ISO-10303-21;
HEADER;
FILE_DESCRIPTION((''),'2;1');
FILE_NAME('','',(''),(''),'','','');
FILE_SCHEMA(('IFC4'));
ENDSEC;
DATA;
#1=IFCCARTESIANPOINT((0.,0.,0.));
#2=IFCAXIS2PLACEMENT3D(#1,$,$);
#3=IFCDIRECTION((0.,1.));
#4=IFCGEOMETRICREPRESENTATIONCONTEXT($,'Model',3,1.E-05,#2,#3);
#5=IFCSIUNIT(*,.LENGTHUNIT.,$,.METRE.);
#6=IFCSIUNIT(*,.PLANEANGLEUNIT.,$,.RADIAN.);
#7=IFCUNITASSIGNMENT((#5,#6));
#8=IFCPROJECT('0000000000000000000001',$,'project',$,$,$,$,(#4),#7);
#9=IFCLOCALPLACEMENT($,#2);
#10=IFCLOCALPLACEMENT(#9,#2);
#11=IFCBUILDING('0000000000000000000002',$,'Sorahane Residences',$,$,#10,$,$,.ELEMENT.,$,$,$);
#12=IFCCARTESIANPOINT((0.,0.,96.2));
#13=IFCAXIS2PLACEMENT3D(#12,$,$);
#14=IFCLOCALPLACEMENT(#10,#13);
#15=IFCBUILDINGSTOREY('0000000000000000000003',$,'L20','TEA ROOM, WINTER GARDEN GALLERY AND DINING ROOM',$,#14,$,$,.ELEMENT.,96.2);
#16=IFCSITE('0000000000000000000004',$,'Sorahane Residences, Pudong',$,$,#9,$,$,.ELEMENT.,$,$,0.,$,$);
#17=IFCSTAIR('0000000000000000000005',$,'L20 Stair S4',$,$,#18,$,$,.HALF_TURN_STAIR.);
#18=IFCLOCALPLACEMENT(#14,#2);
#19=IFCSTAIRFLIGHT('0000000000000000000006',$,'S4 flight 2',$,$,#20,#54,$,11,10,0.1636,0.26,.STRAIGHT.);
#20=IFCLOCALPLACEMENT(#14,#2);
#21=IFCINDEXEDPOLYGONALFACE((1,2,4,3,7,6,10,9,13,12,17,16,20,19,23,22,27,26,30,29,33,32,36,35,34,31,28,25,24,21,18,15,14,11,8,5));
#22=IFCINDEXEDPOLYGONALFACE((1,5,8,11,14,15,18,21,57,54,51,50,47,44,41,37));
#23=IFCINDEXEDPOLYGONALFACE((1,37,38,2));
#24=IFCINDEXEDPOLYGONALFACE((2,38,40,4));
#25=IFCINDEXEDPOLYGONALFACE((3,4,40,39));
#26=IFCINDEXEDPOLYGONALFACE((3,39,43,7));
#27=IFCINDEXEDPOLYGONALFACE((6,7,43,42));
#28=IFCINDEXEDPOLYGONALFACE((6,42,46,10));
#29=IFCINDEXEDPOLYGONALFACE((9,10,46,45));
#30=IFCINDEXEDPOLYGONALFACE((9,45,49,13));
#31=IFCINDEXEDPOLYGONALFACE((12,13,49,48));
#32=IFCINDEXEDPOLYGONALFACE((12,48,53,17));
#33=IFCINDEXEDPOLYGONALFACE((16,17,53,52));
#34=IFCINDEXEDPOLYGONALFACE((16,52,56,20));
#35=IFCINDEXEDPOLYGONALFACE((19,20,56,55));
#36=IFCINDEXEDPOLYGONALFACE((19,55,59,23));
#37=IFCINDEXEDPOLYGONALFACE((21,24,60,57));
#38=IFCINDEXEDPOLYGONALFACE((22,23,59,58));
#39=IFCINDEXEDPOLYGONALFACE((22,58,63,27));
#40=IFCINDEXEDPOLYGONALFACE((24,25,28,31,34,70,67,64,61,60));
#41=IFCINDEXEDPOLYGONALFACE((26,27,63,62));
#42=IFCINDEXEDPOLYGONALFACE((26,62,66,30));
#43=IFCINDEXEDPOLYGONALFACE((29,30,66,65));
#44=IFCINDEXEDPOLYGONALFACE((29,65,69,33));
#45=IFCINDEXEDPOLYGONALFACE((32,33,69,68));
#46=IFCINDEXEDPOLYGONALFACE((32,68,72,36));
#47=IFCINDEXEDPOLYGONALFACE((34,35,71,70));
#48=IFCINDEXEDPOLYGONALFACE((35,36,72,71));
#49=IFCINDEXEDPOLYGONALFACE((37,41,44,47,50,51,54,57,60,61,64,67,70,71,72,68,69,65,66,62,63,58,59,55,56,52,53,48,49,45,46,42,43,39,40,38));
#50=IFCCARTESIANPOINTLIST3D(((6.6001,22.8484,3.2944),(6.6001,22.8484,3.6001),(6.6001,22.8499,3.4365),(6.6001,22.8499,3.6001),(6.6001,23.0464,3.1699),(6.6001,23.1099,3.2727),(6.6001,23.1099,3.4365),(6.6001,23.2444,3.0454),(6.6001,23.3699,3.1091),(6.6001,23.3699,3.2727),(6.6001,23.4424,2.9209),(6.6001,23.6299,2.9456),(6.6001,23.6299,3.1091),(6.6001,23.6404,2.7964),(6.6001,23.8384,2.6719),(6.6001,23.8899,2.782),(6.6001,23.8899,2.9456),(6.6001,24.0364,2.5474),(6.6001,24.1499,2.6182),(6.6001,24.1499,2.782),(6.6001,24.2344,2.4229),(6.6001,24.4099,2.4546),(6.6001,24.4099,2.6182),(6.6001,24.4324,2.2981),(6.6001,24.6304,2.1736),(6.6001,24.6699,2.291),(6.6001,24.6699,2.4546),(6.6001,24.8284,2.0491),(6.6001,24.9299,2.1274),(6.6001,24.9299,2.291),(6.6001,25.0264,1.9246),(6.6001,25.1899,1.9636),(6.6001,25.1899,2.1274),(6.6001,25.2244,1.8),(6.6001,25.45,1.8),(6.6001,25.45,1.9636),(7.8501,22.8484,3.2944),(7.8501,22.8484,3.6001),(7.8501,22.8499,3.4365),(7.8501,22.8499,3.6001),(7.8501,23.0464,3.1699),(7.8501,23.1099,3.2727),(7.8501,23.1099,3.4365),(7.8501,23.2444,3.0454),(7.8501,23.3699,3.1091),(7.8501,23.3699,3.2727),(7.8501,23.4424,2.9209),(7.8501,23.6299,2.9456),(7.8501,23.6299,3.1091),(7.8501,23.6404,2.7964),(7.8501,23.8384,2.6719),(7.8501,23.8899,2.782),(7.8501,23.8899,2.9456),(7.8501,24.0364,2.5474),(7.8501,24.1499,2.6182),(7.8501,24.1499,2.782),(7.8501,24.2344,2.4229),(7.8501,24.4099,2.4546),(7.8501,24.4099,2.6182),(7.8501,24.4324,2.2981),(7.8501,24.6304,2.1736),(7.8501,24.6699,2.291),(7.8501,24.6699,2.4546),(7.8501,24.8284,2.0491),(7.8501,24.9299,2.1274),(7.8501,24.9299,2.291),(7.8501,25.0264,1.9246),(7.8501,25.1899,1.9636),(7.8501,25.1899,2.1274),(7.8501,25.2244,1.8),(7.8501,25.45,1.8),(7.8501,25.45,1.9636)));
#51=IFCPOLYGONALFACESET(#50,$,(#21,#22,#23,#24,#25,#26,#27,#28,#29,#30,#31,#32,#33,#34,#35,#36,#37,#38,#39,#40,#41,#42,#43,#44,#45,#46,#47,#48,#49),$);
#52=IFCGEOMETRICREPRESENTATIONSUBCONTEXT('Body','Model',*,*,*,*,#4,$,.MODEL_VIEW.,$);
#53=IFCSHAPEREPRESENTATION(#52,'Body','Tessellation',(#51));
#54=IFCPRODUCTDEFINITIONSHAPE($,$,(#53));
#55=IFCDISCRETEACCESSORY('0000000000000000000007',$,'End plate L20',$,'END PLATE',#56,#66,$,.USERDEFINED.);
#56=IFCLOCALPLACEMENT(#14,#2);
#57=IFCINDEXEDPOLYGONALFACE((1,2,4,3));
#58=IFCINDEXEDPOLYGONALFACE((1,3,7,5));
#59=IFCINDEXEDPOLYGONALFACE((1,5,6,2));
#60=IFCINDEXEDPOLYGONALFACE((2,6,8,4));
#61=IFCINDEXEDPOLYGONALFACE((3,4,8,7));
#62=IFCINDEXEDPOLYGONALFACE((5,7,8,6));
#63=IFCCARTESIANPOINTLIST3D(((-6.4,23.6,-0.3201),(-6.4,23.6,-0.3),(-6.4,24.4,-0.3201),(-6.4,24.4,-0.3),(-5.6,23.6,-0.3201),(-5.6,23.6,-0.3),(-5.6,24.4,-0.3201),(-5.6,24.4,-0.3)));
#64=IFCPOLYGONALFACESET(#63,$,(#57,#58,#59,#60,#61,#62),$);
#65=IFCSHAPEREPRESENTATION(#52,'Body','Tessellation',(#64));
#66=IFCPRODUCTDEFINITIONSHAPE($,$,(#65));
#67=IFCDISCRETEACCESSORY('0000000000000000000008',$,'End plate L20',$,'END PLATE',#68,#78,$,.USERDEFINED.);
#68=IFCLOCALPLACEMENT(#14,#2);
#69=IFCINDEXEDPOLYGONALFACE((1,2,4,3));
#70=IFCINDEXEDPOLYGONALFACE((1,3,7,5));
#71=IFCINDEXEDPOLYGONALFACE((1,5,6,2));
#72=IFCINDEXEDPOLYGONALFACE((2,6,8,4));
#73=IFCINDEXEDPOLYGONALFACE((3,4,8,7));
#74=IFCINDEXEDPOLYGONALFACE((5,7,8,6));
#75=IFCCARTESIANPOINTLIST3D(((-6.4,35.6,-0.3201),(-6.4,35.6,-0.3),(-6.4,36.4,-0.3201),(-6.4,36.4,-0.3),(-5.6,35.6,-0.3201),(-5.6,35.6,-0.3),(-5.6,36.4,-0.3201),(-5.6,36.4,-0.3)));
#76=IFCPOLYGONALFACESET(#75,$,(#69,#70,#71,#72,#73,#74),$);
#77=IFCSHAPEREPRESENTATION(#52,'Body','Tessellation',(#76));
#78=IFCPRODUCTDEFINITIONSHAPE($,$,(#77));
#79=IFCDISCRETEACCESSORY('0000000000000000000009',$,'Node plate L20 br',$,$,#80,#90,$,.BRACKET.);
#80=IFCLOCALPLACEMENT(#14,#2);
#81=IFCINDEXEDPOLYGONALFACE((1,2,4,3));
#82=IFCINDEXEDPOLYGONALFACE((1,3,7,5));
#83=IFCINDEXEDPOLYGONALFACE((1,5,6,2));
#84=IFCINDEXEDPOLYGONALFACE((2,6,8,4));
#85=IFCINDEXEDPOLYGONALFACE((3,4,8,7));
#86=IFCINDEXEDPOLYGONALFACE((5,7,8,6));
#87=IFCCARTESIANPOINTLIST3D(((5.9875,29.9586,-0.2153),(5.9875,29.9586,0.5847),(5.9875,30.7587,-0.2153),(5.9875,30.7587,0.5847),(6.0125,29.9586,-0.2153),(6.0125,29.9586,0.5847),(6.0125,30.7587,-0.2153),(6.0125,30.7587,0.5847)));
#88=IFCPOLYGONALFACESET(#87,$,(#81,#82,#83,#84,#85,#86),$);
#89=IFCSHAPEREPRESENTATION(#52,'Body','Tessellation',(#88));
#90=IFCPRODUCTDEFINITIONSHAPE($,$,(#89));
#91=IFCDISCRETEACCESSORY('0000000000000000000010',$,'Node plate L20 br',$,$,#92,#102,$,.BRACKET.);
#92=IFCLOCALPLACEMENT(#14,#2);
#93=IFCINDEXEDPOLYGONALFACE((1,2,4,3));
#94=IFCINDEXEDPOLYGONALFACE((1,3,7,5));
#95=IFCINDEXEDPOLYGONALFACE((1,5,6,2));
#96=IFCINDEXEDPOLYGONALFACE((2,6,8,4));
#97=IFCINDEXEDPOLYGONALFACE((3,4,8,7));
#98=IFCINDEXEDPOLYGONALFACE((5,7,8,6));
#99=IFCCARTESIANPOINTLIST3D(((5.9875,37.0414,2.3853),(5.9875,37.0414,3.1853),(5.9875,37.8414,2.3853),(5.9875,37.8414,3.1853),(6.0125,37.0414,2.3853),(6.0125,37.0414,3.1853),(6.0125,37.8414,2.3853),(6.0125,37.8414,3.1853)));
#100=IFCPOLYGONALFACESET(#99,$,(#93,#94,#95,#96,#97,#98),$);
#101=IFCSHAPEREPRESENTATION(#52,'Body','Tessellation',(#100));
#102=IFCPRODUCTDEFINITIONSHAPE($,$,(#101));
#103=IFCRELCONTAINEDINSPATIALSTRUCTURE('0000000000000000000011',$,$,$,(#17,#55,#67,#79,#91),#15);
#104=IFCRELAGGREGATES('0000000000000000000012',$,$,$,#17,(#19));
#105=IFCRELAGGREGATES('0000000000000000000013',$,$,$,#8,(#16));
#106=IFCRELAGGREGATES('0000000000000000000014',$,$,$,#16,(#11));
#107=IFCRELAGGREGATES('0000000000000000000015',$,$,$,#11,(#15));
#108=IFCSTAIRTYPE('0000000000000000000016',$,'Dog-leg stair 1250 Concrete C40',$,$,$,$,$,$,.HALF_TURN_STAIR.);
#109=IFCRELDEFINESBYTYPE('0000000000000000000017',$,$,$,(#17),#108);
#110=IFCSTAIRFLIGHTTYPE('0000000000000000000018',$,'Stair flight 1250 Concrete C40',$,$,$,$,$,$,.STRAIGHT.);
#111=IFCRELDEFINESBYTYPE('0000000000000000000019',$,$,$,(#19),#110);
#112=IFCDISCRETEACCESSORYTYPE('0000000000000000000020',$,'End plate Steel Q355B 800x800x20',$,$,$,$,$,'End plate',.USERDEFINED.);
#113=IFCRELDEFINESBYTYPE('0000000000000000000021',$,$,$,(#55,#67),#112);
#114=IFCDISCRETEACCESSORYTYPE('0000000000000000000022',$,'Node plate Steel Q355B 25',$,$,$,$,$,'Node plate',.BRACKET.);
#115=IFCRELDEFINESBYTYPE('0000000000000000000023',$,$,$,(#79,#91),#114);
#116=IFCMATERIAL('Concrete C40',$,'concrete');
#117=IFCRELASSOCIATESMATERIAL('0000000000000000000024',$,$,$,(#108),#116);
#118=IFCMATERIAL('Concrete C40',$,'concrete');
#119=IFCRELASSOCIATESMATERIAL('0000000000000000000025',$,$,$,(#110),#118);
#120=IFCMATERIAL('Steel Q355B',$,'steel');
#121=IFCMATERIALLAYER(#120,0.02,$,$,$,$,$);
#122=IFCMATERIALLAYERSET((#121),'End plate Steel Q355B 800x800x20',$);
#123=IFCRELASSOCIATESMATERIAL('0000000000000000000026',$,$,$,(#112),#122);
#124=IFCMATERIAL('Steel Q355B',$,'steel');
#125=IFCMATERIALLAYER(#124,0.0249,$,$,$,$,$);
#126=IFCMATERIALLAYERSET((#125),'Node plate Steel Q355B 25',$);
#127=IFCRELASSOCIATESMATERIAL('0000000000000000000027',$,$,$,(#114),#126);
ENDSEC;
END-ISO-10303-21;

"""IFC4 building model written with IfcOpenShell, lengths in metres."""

from ifc_helpers import new_model, si_unit, direction, frame, origin, origin_2d, place, context, subcontext, project, spatial, polyline, rectangle, outline, extrude, material, layer, layer_set, type_object, element, aggregate, save


model = new_model("IFC4")

# Units and contexts
model_context = context("Model", 3, precision=1e-05, world=origin(), true_north=direction((0.0, 1.0)))
body_context = subcontext(model_context, "Body", "Model", "MODEL_VIEW")
ifc_project = project(units=[si_unit("LENGTHUNIT", "METRE"), si_unit("PLANEANGLEUNIT", "RADIAN")], contexts=[model_context])

# Site, building, storey
site_placement = place(None, origin())
site = spatial("IfcSite", under=ifc_project, at=site_placement, Name="Sorahane Residences, Pudong", CompositionType="ELEMENT", RefElevation=0.0)
building_placement = place(site_placement, origin())
building = spatial("IfcBuilding", under=site, at=building_placement, Name="Sorahane Residences", CompositionType="ELEMENT")
storey_placement = place(building_placement, frame((0.0, 0.0, 96.2)))
storey = spatial("IfcBuildingStorey", under=building, at=storey_placement, Name="L20", Description="TEA ROOM, WINTER GARDEN GALLERY AND DINING ROOM", CompositionType="ELEMENT", Elevation=96.2)

# Stair, stair flight
ifc_material_1 = material(Name="Concrete C40", Category="concrete")
stair_type = type_object("IfcStairType", Name="Dog-leg stair 1250 Concrete C40", PredefinedType="HALF_TURN_STAIR", material=ifc_material_1)
stair_placement = place(storey_placement, origin())
stair = element("IfcStair", 1, at=stair_placement, inside=storey, type_object=stair_type, Name="L20 Stair S4", PredefinedType="HALF_TURN_STAIR")
ifc_material_2 = material(Name="Concrete C40", Category="concrete")
stair_flight_type = type_object("IfcStairFlightType", Name="Stair flight 1250 Concrete C40", PredefinedType="STRAIGHT", material=ifc_material_2)
stair_flight_placement = place(storey_placement, frame((7.2251, 25.45, 1.8), z_axis=(0.0, 0.0, 1.0), x_axis=(0.0, -1.0, 0.0)))
stair_flight = element("IfcStairFlight", 2, at=stair_flight_placement, type_object=stair_flight_type, Name="S4 flight 2", NumberOfRisers=11, NumberOfTreads=10, PredefinedType="STRAIGHT", RiserHeight=0.1636, TreadLength=0.26, context=body_context, shape_type="SweptSolid", body=[
    extrude(outline(polyline([(0.0, 0.0), (0.0, 0.1636), (0.26, 0.1636), (0.26, 0.3274), (0.52, 0.3274), (0.52, 0.491), (0.78, 0.491), (0.78, 0.6545), (1.04, 0.6545), (1.04, 0.8181), (1.3, 0.8181), (1.3, 0.9819), (1.5601, 0.9819), (1.5601, 1.1455), (1.8201, 1.1455), (1.8201, 1.3091), (2.0801, 1.3091), (2.0801, 1.4727), (2.3401, 1.4727), (2.3401, 1.6365), (2.6001, 1.6365), (2.6001, 1.8), (2.6016, 1.8), (2.6016, 1.4944), (2.4036, 1.3699), (2.2056, 1.2454), (2.0076, 1.1208), (1.8096, 0.9963), (1.6116, 0.8718), (1.4136, 0.7473), (1.2156, 0.6228), (1.0176, 0.498), (0.8196, 0.3735), (0.6216, 0.249), (0.4236, 0.1245), (0.2256, 0.0), (0.0, 0.0)])), frame((0.0, 0.625, 0.0), z_axis=(0.0, -1.0, 0.0), x_axis=(1.0, 0.0, 0.0)), (0.0, 0.0, 1.0), 1.25),
])
aggregate(stair, [stair_flight])

# Discrete accessories
ifc_material_3 = material(Name="Steel Q355B", Category="steel")
ifc_layer_1 = layer(ifc_material_3, 0.02)
ifc_layer_set_1 = layer_set([ifc_layer_1], Name="End plate Steel Q355B 800x800x20")
discrete_accessory_type_1 = type_object("IfcDiscreteAccessoryType", Name="End plate Steel Q355B 800x800x20", ElementType="End plate", PredefinedType="USERDEFINED", material=ifc_layer_set_1)
for number, where, z_axis, x_axis, name in (
    (3, (-6.0, 24.0, -0.3201), (0.0, 0.0, 1.0), (1.0, 0.0, 0.0), "End plate L20"),
    (4, (-6.0, 36.0, -0.3201), (0.0, 0.0, 1.0), (1.0, 0.0, 0.0), "End plate L20"),
):
    element("IfcDiscreteAccessory", number, at=place(storey_placement, frame(where, z_axis=z_axis, x_axis=x_axis)), inside=storey, type_object=discrete_accessory_type_1, Name=name, ObjectType="END PLATE", PredefinedType="USERDEFINED", context=body_context, shape_type="SweptSolid", body=[
        extrude(rectangle(XDim=0.8, YDim=0.8, at=origin_2d()), origin(), (0.0, 0.0, 1.0), 0.02),
    ])
ifc_material_4 = material(Name="Steel Q355B", Category="steel")
ifc_layer_2 = layer(ifc_material_4, 0.0249)
ifc_layer_set_2 = layer_set([ifc_layer_2], Name="Node plate Steel Q355B 25")
discrete_accessory_type_2 = type_object("IfcDiscreteAccessoryType", Name="Node plate Steel Q355B 25", ElementType="Node plate", PredefinedType="BRACKET", material=ifc_layer_set_2)
for number, where, z_axis, x_axis, name in (
    (5, (6.0, 30.3586, -0.2153), (0.0, 0.0, 1.0), (0.0, 1.0, 0.0), "Node plate L20 br"),
    (6, (6.0, 37.4414, 2.3853), (0.0, 0.0, 1.0), (0.0, 1.0, 0.0), "Node plate L20 br"),
):
    element("IfcDiscreteAccessory", number, at=place(storey_placement, frame(where, z_axis=z_axis, x_axis=x_axis)), inside=storey, type_object=discrete_accessory_type_2, Name=name, PredefinedType="BRACKET", context=body_context, shape_type="SweptSolid", body=[
        extrude(rectangle(XDim=0.8, YDim=0.0249, at=origin_2d()), origin(), (0.0, 0.0, 1.0), 0.8),
    ])

save(model, "model.ifc")
